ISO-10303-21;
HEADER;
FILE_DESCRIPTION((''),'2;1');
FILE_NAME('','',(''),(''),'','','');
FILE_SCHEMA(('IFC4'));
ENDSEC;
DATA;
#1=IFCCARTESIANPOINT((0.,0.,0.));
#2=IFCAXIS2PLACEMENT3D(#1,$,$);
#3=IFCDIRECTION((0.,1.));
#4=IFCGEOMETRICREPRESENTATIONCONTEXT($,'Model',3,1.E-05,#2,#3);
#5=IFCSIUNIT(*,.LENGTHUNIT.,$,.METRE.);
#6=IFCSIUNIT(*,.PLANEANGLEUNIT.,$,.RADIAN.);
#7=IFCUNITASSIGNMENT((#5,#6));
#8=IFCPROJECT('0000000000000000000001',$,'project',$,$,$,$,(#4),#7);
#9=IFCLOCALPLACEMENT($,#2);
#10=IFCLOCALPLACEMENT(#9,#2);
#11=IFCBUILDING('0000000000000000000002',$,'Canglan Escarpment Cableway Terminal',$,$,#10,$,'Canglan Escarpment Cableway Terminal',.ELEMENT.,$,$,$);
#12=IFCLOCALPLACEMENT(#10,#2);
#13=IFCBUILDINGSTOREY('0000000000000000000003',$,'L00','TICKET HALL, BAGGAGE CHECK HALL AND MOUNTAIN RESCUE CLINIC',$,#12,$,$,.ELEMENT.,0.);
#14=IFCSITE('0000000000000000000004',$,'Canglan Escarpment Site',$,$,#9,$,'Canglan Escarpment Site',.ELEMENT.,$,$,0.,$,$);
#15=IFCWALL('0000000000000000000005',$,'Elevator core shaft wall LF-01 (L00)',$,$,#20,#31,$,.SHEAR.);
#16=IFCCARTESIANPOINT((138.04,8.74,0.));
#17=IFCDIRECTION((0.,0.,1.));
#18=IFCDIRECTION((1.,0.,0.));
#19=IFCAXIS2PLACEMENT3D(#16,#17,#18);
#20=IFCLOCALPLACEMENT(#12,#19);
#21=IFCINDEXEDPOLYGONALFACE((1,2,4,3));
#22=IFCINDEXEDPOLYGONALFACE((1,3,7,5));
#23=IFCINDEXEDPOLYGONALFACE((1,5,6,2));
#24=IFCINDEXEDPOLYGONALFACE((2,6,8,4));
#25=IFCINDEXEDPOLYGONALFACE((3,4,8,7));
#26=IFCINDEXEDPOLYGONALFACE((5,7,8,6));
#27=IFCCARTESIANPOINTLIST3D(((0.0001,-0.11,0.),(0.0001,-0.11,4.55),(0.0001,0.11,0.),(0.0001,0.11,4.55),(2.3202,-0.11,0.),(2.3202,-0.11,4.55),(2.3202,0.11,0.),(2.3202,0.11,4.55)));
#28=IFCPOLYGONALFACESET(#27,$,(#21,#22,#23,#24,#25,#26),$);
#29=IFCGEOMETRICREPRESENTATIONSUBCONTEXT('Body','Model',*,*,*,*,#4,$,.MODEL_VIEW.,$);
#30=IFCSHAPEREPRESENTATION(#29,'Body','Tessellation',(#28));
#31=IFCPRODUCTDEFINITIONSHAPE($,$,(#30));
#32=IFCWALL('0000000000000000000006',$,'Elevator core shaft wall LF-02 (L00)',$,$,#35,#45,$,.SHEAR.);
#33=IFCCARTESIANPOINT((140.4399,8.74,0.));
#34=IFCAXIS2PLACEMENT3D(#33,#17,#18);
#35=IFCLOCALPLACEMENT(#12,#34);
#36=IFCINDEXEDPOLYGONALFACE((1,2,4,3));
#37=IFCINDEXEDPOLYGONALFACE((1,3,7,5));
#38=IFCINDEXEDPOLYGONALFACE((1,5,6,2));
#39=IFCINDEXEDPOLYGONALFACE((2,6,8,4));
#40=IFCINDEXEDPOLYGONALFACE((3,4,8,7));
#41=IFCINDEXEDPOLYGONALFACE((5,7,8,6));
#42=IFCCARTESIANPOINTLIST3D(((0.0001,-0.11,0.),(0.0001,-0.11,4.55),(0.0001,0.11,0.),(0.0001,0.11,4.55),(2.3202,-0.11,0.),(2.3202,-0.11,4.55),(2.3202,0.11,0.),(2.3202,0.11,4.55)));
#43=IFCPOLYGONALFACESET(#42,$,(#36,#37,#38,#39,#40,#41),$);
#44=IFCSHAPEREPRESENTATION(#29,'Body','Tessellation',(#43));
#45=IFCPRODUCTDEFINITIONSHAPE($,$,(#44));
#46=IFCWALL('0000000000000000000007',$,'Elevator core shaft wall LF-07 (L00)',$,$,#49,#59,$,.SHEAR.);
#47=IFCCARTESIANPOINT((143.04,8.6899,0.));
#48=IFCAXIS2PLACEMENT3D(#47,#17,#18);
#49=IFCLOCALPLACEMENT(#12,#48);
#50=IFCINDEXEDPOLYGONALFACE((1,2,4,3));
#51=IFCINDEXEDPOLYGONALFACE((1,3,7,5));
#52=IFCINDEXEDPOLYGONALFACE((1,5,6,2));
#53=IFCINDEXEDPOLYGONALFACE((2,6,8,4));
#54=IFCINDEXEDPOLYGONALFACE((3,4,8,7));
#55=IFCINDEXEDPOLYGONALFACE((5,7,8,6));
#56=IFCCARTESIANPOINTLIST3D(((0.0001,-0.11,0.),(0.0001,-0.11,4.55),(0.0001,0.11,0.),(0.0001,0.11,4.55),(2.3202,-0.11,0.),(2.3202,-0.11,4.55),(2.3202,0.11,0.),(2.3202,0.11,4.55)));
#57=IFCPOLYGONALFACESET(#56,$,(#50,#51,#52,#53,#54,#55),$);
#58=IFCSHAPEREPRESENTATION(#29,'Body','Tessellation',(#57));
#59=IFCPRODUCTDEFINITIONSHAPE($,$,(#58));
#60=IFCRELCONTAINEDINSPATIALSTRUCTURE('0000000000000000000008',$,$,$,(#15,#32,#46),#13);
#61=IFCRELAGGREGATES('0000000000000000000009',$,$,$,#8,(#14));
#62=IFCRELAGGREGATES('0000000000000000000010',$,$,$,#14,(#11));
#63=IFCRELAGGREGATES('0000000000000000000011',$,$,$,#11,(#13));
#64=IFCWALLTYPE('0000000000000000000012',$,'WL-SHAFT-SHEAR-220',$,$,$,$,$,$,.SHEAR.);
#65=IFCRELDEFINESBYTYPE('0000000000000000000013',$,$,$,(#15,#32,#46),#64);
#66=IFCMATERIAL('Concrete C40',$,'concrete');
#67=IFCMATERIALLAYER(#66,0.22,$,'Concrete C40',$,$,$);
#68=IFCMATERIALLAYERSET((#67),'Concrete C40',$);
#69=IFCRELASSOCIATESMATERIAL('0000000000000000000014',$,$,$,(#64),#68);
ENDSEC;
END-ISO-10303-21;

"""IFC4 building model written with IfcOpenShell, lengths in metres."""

from ifc_helpers import new_model, si_unit, direction, frame, frame_2d, origin, place, context, subcontext, project, spatial, rectangle, extrude, material, layer, layer_set, type_object, element, save


model = new_model("IFC4")

# Units and contexts
model_context = context("Model", 3, precision=1e-05, world=origin(), true_north=direction((0.0, 1.0)))
body_context = subcontext(model_context, "Body", "Model", "MODEL_VIEW")
ifc_project = project(units=[si_unit("LENGTHUNIT", "METRE"), si_unit("PLANEANGLEUNIT", "RADIAN")], contexts=[model_context])

# Site, building, storey
site_placement = place(None, origin())
site = spatial("IfcSite", under=ifc_project, at=site_placement, Name="Canglan Escarpment Site", LongName="Canglan Escarpment Site", CompositionType="ELEMENT", RefElevation=0.0)
building_placement = place(site_placement, origin())
building = spatial("IfcBuilding", under=site, at=building_placement, Name="Canglan Escarpment Cableway Terminal", LongName="Canglan Escarpment Cableway Terminal", CompositionType="ELEMENT")
storey_placement = place(building_placement, origin())
storey = spatial("IfcBuildingStorey", under=building, at=storey_placement, Name="L00", Description="TICKET HALL, BAGGAGE CHECK HALL AND MOUNTAIN RESCUE CLINIC", CompositionType="ELEMENT", Elevation=0.0)

# Shared definitions
ifc_material_1 = material(Name="Concrete C40", Category="concrete")

# Walls
ifc_layer_1 = layer(ifc_material_1, 0.22, Name="Concrete C40")
ifc_layer_set_1 = layer_set([ifc_layer_1], Name="Concrete C40")
wall_type_1 = type_object("IfcWallType", Name="WL-SHAFT-SHEAR-220", PredefinedType="SHEAR", material=ifc_layer_set_1)
wall_1_placement = place(storey_placement, frame((138.04, 8.74, 0.0), z_axis=(0.0, 0.0, 1.0), x_axis=(1.0, 0.0, 0.0)))
element("IfcWall", 1, at=wall_1_placement, inside=storey, type_object=wall_type_1, Name="Elevator core shaft wall LF-01 (L00)", PredefinedType="SHEAR", context=body_context, shape_type="SweptSolid", body=[
    extrude(rectangle(XDim=2.3201, YDim=0.22, at=frame_2d((1.1602, 0.0))), origin(), (0.0, 0.0, 1.0), 4.55),
])
wall_2_placement = place(storey_placement, frame((140.4399, 8.74, 0.0), z_axis=(0.0, 0.0, 1.0), x_axis=(1.0, 0.0, 0.0)))
element("IfcWall", 2, at=wall_2_placement, inside=storey, type_object=wall_type_1, Name="Elevator core shaft wall LF-02 (L00)", PredefinedType="SHEAR", context=body_context, shape_type="SweptSolid", body=[
    extrude(rectangle(XDim=2.3201, YDim=0.22, at=frame_2d((1.1602, 0.0))), origin(), (0.0, 0.0, 1.0), 4.55),
])
wall_3_placement = place(storey_placement, frame((143.04, 8.6899, 0.0), z_axis=(0.0, 0.0, 1.0), x_axis=(1.0, 0.0, 0.0)))
element("IfcWall", 3, at=wall_3_placement, inside=storey, type_object=wall_type_1, Name="Elevator core shaft wall LF-07 (L00)", PredefinedType="SHEAR", context=body_context, shape_type="SweptSolid", body=[
    extrude(rectangle(XDim=2.3201, YDim=0.22, at=frame_2d((1.1602, 0.0))), origin(), (0.0, 0.0, 1.0), 4.55),
])

save(model, "model.ifc")
